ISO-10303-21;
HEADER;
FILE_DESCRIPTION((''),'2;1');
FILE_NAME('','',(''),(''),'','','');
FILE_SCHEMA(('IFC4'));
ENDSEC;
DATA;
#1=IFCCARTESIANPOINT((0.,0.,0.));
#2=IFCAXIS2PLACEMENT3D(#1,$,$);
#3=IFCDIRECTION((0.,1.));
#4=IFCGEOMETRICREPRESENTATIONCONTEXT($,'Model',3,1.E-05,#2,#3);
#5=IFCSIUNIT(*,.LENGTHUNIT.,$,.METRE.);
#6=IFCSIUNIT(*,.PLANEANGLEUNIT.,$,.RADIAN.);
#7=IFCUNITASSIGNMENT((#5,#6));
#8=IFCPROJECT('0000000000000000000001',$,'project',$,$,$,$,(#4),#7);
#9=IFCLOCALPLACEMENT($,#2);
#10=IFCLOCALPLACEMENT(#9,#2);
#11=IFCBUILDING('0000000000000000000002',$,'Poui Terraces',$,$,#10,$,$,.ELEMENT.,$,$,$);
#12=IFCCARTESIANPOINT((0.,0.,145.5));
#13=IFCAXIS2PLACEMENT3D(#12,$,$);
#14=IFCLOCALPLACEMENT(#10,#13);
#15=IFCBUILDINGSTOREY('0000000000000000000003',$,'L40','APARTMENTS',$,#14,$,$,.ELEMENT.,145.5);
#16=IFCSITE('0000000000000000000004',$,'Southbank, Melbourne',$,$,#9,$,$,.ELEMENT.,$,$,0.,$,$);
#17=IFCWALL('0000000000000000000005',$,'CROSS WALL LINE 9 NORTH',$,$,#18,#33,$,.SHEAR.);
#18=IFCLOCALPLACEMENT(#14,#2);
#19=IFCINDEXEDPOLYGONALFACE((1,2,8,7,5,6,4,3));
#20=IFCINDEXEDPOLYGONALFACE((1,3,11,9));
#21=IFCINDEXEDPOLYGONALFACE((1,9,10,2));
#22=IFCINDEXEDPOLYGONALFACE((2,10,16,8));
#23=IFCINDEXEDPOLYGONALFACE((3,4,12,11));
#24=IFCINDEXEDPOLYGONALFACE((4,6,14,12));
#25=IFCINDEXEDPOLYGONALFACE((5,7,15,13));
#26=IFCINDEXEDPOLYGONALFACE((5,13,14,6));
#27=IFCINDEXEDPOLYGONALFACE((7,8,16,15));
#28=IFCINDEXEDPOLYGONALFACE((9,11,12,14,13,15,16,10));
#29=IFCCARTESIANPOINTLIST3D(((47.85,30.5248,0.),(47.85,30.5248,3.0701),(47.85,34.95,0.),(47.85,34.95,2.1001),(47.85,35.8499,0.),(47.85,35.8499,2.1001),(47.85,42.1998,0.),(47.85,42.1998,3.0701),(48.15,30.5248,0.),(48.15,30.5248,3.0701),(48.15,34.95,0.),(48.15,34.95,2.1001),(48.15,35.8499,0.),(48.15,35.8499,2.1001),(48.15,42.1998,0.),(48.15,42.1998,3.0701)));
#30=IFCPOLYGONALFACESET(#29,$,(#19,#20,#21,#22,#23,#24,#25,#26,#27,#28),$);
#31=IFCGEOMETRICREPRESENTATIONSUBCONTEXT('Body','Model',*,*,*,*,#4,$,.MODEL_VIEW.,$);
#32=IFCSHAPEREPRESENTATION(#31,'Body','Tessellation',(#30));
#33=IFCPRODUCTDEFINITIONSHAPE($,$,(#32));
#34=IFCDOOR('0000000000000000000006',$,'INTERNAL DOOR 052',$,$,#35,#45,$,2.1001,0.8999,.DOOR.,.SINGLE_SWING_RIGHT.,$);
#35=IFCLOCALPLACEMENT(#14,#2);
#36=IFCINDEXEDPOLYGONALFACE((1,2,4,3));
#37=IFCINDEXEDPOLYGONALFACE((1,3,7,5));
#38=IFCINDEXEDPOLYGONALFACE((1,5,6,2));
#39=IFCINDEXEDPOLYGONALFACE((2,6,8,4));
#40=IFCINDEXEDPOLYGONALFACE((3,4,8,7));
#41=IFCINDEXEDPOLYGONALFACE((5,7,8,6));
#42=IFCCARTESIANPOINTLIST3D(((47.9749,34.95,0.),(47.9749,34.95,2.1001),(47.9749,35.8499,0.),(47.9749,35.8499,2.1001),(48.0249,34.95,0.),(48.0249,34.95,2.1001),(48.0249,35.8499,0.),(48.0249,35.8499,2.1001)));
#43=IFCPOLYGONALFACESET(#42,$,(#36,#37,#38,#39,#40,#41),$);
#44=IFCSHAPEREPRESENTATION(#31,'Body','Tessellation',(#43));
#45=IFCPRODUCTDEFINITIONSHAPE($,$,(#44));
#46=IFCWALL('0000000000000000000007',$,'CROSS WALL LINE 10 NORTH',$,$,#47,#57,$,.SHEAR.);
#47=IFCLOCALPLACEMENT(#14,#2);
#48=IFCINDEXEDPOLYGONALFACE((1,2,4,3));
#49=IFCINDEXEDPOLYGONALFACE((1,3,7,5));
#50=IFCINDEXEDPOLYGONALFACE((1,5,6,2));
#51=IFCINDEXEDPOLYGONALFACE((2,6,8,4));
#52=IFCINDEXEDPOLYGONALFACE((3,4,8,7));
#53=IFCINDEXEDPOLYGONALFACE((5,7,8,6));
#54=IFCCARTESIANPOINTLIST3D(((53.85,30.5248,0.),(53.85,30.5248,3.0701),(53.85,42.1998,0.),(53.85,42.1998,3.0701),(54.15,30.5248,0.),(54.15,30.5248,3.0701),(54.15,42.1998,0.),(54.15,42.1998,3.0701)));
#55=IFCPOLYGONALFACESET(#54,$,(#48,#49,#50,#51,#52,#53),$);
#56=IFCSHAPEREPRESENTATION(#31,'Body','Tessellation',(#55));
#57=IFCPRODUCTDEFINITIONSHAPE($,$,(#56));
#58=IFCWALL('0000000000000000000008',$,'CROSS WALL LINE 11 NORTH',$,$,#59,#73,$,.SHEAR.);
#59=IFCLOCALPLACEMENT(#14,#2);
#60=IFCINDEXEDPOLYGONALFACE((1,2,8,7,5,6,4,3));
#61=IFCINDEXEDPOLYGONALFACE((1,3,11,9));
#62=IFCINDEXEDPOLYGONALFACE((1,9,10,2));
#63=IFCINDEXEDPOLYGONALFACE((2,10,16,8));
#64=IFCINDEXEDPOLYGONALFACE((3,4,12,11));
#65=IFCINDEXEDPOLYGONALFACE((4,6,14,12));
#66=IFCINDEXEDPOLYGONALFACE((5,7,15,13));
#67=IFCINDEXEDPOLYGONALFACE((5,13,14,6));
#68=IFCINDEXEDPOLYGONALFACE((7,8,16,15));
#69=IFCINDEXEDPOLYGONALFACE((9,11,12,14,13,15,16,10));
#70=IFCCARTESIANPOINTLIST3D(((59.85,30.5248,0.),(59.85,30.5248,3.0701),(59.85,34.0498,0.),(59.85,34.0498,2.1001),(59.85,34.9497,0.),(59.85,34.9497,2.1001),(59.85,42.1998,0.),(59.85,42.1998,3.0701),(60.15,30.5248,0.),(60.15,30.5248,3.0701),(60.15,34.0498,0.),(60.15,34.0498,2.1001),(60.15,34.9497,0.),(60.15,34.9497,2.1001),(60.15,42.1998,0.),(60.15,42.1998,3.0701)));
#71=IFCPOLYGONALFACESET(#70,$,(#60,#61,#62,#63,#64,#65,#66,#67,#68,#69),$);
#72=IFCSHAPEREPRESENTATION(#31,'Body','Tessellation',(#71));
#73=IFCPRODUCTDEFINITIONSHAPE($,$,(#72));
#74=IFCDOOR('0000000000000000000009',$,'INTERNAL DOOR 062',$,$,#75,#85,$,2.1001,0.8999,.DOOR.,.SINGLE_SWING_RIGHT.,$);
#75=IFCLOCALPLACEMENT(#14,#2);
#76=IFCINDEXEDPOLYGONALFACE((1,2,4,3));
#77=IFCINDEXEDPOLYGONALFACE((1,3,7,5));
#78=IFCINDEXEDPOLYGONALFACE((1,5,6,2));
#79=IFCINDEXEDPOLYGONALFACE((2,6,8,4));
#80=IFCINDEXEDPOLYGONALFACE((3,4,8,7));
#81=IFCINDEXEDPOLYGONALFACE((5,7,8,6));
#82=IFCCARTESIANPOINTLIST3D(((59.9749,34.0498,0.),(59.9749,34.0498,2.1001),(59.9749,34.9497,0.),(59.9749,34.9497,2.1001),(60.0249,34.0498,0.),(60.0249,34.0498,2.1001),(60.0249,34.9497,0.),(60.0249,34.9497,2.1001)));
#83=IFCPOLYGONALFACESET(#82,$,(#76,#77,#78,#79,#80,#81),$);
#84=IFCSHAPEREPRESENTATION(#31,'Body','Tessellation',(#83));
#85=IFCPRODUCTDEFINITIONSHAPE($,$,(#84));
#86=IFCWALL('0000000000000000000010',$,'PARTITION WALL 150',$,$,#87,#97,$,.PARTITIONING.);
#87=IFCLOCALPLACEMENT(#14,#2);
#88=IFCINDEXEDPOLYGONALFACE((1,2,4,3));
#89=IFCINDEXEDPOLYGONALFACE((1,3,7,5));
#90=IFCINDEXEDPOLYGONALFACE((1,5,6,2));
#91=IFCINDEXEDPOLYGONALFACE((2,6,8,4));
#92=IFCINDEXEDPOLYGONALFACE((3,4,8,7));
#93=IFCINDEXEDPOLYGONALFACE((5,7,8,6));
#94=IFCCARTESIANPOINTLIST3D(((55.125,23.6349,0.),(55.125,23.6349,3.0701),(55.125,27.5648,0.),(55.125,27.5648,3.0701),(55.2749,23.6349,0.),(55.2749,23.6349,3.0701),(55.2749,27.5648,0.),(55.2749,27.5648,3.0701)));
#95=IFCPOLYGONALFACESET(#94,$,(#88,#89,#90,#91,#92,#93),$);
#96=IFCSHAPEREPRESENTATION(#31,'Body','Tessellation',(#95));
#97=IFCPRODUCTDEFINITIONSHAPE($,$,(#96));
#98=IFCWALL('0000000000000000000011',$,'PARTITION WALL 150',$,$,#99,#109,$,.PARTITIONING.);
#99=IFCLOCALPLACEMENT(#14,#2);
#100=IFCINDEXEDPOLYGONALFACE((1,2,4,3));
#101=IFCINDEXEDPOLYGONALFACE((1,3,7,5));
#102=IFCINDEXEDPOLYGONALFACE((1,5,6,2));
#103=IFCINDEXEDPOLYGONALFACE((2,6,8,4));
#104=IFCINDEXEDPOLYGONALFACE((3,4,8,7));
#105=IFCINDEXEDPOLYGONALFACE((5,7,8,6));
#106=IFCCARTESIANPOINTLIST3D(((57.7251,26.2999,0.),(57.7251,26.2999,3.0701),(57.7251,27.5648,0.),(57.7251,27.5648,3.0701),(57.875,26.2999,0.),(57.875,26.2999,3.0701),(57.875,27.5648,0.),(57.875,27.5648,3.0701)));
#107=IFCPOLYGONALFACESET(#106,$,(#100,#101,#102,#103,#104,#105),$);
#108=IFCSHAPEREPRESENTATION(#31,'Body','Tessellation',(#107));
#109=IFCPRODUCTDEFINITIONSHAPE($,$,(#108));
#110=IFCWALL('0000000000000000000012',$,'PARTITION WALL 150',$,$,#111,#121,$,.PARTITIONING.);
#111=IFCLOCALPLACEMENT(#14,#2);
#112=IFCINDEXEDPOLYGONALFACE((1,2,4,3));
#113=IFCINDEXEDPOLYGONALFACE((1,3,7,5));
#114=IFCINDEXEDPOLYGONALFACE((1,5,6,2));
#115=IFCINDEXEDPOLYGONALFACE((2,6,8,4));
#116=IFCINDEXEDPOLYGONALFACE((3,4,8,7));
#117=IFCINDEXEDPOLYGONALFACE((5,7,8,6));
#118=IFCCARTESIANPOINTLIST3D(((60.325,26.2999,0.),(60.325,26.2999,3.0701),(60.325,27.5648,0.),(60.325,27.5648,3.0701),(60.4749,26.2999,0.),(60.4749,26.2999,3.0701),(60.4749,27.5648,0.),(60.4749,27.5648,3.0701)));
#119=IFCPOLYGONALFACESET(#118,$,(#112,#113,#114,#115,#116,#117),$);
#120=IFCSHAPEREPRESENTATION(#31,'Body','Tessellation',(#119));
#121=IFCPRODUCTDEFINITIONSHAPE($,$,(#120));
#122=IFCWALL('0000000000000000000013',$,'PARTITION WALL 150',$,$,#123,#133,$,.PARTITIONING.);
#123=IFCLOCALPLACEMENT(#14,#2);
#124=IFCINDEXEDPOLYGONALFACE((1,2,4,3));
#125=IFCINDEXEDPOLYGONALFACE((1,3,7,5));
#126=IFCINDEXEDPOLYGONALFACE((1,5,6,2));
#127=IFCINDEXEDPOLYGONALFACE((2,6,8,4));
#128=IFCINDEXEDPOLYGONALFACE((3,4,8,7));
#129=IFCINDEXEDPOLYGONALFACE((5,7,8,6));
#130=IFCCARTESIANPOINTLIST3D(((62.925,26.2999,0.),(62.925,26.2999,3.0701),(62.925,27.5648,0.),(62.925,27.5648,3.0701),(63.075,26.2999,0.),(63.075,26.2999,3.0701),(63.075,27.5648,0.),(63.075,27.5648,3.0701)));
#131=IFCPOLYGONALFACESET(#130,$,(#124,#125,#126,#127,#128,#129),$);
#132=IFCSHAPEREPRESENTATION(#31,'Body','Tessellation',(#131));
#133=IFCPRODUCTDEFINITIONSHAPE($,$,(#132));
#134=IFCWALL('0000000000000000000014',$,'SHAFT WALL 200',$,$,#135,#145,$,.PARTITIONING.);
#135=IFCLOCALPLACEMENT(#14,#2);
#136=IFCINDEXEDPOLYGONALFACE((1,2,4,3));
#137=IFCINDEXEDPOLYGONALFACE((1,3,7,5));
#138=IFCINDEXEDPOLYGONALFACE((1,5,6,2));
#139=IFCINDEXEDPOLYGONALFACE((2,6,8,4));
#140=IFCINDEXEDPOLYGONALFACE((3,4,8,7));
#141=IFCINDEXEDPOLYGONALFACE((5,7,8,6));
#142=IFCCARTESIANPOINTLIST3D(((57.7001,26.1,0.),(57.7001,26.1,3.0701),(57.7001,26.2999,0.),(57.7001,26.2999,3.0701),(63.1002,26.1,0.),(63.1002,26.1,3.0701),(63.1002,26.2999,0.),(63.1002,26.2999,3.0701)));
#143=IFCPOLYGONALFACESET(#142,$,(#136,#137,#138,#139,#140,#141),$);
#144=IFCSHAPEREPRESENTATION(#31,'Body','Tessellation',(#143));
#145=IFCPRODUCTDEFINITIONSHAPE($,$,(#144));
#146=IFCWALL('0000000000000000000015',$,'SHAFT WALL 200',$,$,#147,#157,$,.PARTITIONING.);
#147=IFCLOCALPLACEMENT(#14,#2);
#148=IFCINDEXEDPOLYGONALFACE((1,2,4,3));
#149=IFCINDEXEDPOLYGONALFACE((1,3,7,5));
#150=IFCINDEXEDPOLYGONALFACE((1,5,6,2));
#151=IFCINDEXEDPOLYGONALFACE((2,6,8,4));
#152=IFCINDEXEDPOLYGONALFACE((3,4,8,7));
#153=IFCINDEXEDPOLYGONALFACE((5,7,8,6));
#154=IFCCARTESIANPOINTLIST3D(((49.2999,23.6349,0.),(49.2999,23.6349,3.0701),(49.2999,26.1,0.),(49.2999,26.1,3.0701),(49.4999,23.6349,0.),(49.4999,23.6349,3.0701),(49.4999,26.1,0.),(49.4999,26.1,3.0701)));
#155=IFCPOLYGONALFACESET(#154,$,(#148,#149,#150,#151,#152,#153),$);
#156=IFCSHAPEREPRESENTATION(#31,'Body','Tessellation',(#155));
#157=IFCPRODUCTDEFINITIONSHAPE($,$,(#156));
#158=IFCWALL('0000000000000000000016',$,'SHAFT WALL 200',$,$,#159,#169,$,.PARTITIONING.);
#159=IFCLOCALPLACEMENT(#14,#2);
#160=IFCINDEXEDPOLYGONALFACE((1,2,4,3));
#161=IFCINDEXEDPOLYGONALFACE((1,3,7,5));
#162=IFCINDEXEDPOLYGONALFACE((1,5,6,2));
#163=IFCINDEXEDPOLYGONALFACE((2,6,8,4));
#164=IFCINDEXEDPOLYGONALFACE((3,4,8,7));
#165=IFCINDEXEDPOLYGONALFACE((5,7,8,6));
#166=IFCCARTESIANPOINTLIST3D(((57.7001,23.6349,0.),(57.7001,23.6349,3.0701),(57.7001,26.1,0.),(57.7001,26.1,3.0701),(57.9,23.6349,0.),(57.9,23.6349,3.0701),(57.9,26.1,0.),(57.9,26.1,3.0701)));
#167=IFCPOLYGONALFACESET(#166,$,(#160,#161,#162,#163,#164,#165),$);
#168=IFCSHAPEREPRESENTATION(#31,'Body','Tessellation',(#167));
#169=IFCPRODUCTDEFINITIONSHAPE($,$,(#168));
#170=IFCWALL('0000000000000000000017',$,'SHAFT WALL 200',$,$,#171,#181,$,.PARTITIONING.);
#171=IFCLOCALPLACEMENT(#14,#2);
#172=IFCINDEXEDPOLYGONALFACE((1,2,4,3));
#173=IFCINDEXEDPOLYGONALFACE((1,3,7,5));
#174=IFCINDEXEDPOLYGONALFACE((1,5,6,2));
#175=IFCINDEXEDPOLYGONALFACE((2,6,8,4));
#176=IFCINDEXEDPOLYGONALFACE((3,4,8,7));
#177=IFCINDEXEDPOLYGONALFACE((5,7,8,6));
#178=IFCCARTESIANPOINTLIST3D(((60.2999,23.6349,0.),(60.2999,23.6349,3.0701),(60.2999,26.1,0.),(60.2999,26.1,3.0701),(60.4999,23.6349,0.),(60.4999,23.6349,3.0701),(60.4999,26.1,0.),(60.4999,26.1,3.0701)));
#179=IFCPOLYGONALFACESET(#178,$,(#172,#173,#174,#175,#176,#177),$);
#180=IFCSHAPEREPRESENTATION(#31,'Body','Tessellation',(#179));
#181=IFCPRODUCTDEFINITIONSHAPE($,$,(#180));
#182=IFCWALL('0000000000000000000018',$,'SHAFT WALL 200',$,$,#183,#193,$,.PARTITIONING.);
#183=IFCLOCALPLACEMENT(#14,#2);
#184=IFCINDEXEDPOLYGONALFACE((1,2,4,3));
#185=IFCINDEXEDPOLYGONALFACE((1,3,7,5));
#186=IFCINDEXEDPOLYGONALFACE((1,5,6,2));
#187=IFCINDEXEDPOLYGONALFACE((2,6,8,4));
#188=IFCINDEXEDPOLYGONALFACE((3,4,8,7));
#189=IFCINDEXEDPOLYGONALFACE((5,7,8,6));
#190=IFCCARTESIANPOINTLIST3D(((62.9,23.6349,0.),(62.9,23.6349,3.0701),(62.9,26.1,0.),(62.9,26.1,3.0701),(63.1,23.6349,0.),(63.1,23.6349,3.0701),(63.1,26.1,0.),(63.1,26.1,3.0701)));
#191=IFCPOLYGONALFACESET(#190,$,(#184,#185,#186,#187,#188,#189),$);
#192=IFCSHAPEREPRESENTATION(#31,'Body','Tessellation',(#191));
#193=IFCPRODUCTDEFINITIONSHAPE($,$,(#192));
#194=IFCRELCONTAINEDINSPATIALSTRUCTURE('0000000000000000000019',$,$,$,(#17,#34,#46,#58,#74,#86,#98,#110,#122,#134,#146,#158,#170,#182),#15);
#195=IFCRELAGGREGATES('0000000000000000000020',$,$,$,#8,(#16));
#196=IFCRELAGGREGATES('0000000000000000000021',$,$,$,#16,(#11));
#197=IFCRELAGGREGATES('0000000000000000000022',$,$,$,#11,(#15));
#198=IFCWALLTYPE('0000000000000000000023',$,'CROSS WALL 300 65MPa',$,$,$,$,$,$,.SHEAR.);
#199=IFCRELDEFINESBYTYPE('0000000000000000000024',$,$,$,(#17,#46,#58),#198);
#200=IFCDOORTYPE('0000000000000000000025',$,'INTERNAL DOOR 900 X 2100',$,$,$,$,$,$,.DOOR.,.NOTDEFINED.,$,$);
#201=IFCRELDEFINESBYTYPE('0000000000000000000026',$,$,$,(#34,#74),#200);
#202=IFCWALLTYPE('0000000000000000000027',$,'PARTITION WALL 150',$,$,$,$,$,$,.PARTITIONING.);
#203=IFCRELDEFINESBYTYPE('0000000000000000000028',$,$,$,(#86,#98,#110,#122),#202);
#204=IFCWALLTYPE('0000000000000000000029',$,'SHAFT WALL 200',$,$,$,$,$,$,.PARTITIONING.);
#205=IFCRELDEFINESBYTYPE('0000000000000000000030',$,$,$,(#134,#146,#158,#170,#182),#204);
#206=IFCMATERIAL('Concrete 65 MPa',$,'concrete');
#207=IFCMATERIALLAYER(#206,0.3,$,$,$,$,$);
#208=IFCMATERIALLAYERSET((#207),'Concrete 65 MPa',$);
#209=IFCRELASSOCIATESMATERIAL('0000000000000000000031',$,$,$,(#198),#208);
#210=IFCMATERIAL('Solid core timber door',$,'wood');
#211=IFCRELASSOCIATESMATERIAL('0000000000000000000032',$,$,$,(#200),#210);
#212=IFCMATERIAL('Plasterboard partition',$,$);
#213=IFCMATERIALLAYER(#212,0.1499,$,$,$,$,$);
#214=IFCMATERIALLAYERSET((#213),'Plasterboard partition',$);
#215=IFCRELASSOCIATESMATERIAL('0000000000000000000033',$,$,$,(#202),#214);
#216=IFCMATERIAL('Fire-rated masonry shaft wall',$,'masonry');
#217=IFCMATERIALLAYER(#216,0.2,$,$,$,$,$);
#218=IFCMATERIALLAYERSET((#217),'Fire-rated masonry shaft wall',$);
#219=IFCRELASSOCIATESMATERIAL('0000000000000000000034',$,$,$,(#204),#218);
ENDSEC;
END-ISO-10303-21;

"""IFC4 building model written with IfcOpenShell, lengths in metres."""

from ifc_helpers import new_model, si_unit, direction, frame, frame_2d, origin, place, context, subcontext, project, spatial, rectangle, extrude, material, layer, layer_set, type_object, element, fill, save


model = new_model("IFC4")

# Units and contexts
model_context = context("Model", 3, precision=1e-05, world=origin(), true_north=direction((0.0, 1.0)))
body_context = subcontext(model_context, "Body", "Model", "MODEL_VIEW")
ifc_project = project(units=[si_unit("LENGTHUNIT", "METRE"), si_unit("PLANEANGLEUNIT", "RADIAN")], contexts=[model_context])

# Site, building, storey
site_placement = place(None, origin())
site = spatial("IfcSite", under=ifc_project, at=site_placement, Name="Southbank, Melbourne", CompositionType="ELEMENT", RefElevation=0.0)
building_placement = place(site_placement, origin())
building = spatial("IfcBuilding", under=site, at=building_placement, Name="Poui Terraces", CompositionType="ELEMENT")
storey_placement = place(building_placement, frame((0.0, 0.0, 145.5)))
storey = spatial("IfcBuildingStorey", under=building, at=storey_placement, Name="L40", Description="APARTMENTS", CompositionType="ELEMENT", Elevation=145.5)

# Shared definitions
ifc_material_1 = material(Name="Concrete 65 MPa", Category="concrete")

# Wall, opening, door
ifc_layer_1 = layer(ifc_material_1, 0.3)
ifc_layer_set_1 = layer_set([ifc_layer_1], Name="Concrete 65 MPa")
wall_type_1 = type_object("IfcWallType", Name="CROSS WALL 300 65MPa", PredefinedType="SHEAR", material=ifc_layer_set_1)
wall_1_placement = place(storey_placement, frame((48.0, 30.5249, 0.0), z_axis=(0.0, 0.0, 1.0), x_axis=(0.0, 1.0, 0.0)))
wall_1 = element("IfcWall", 1, at=wall_1_placement, inside=storey, type_object=wall_type_1, Name="CROSS WALL LINE 9 NORTH", PredefinedType="SHEAR", context=body_context, shape_type="SweptSolid", body=[
    extrude(rectangle(XDim=11.675, YDim=0.3, at=frame_2d((5.8374, 0.0))), origin(), (0.0, 0.0, 1.0), 3.0701),
])
opening_1_placement = place(wall_1_placement, frame((4.425, 0.0, 0.0)))
opening_1 = element("IfcOpeningElement", 2, at=opening_1_placement, cuts=wall_1, PredefinedType="OPENING", context=body_context, shape_type="SweptSolid", body=[
    extrude(rectangle(XDim=0.8999, YDim=2.1001, at=frame_2d((0.45, 1.05))), frame((0.0, 0.1602, 0.0), z_axis=(0.0, -1.0, 0.0), x_axis=(1.0, 0.0, 0.0)), (0.0, 0.0, 1.0), 0.3201),
])
ifc_material_2 = material(Name="Solid core timber door", Category="wood")
door_type_1 = type_object("IfcDoorType", Name="INTERNAL DOOR 900 X 2100", OperationType="NOTDEFINED", PredefinedType="DOOR", material=ifc_material_2)
door_1_placement = place(opening_1_placement, frame((0.8999, 0.0, 0.0), z_axis=(0.0, 0.0, 1.0), x_axis=(-1.0, 0.0, 0.0)))
door_1 = element("IfcDoor", 3, at=door_1_placement, inside=storey, type_object=door_type_1, Name="INTERNAL DOOR 052", OperationType="SINGLE_SWING_RIGHT", OverallHeight=2.1001, OverallWidth=0.8999, PredefinedType="DOOR", context=body_context, shape_type="SweptSolid", body=[
    extrude(rectangle(XDim=0.8999, YDim=2.1001, at=frame_2d((0.45, 1.05))), frame((0.0, 0.0249, 0.0), z_axis=(0.0, -1.0, 0.0), x_axis=(1.0, 0.0, 0.0)), (0.0, 0.0, 1.0), 0.05),
])
fill(opening_1, door_1)

# Wall
wall_2_placement = place(storey_placement, frame((54.0, 30.5249, 0.0), z_axis=(0.0, 0.0, 1.0), x_axis=(0.0, 1.0, 0.0)))
element("IfcWall", 4, at=wall_2_placement, inside=storey, type_object=wall_type_1, Name="CROSS WALL LINE 10 NORTH", PredefinedType="SHEAR", context=body_context, shape_type="SweptSolid", body=[
    extrude(rectangle(XDim=11.675, YDim=0.3, at=frame_2d((5.8374, 0.0))), origin(), (0.0, 0.0, 1.0), 3.0701),
])

# Wall, opening, door
wall_3_placement = place(storey_placement, frame((60.0, 30.5249, 0.0), z_axis=(0.0, 0.0, 1.0), x_axis=(0.0, 1.0, 0.0)))
wall_3 = element("IfcWall", 5, at=wall_3_placement, inside=storey, type_object=wall_type_1, Name="CROSS WALL LINE 11 NORTH", PredefinedType="SHEAR", context=body_context, shape_type="SweptSolid", body=[
    extrude(rectangle(XDim=11.675, YDim=0.3, at=frame_2d((5.8374, 0.0))), origin(), (0.0, 0.0, 1.0), 3.0701),
])
opening_2_placement = place(wall_3_placement, frame((3.5249, 0.0, 0.0)))
opening_2 = element("IfcOpeningElement", 6, at=opening_2_placement, cuts=wall_3, PredefinedType="OPENING", context=body_context, shape_type="SweptSolid", body=[
    extrude(rectangle(XDim=0.8999, YDim=2.1001, at=frame_2d((0.45, 1.05))), frame((0.0, 0.1602, 0.0), z_axis=(0.0, -1.0, 0.0), x_axis=(1.0, 0.0, 0.0)), (0.0, 0.0, 1.0), 0.3201),
])
door_2_placement = place(opening_2_placement, frame((0.8999, 0.0, 0.0), z_axis=(0.0, 0.0, 1.0), x_axis=(-1.0, 0.0, 0.0)))
door_2 = element("IfcDoor", 7, at=door_2_placement, inside=storey, type_object=door_type_1, Name="INTERNAL DOOR 062", OperationType="SINGLE_SWING_RIGHT", OverallHeight=2.1001, OverallWidth=0.8999, PredefinedType="DOOR", context=body_context, shape_type="SweptSolid", body=[
    extrude(rectangle(XDim=0.8999, YDim=2.1001, at=frame_2d((0.45, 1.05))), frame((0.0, 0.0249, 0.0), z_axis=(0.0, -1.0, 0.0), x_axis=(1.0, 0.0, 0.0)), (0.0, 0.0, 1.0), 0.05),
])
fill(opening_2, door_2)

# Walls
ifc_material_3 = material(Name="Plasterboard partition")
ifc_layer_2 = layer(ifc_material_3, 0.1499)
ifc_layer_set_2 = layer_set([ifc_layer_2], Name="Plasterboard partition")
wall_type_2 = type_object("IfcWallType", Name="PARTITION WALL 150", PredefinedType="PARTITIONING", material=ifc_layer_set_2)
wall_4_placement = place(storey_placement, frame((55.2, 23.635, 0.0), z_axis=(0.0, 0.0, 1.0), x_axis=(0.0, 1.0, 0.0)))
element("IfcWall", 8, at=wall_4_placement, inside=storey, type_object=wall_type_2, Name="PARTITION WALL 150", PredefinedType="PARTITIONING", context=body_context, shape_type="SweptSolid", body=[
    extrude(rectangle(XDim=3.9299, YDim=0.1499, at=frame_2d((1.9648, 0.0))), origin(), (0.0, 0.0, 1.0), 3.0701),
])
for number, where, z_axis, x_axis, name in (
    (9, (57.8, 26.3, 0.0), (0.0, 0.0, 1.0), (0.0, 1.0, 0.0), "PARTITION WALL 150"),
    (10, (60.3999, 26.3, 0.0), (0.0, 0.0, 1.0), (0.0, 1.0, 0.0), "PARTITION WALL 150"),
    (11, (63.0, 26.3, 0.0), (0.0, 0.0, 1.0), (0.0, 1.0, 0.0), "PARTITION WALL 150"),
):
    element("IfcWall", number, at=place(storey_placement, frame(where, z_axis=z_axis, x_axis=x_axis)), inside=storey, type_object=wall_type_2, Name=name, PredefinedType="PARTITIONING", context=body_context, shape_type="SweptSolid", body=[
        extrude(rectangle(XDim=1.2649, YDim=0.1499, at=frame_2d((0.6323, 0.0))), origin(), (0.0, 0.0, 1.0), 3.0701),
    ])
ifc_material_4 = material(Name="Fire-rated masonry shaft wall", Category="masonry")
ifc_layer_3 = layer(ifc_material_4, 0.2)
ifc_layer_set_3 = layer_set([ifc_layer_3], Name="Fire-rated masonry shaft wall")
wall_type_3 = type_object("IfcWallType", Name="SHAFT WALL 200", PredefinedType="PARTITIONING", material=ifc_layer_set_3)
wall_5_placement = place(storey_placement, frame((57.7, 26.2, 0.0), z_axis=(0.0, 0.0, 1.0), x_axis=(1.0, 0.0, 0.0)))
element("IfcWall", 12, at=wall_5_placement, inside=storey, type_object=wall_type_3, Name="SHAFT WALL 200", PredefinedType="PARTITIONING", context=body_context, shape_type="SweptSolid", body=[
    extrude(rectangle(XDim=5.4001, YDim=0.2, at=frame_2d((2.7002, 0.0))), origin(), (0.0, 0.0, 1.0), 3.0701),
])
for number, where, z_axis, x_axis, name in (
    (13, (49.3999, 23.635, 0.0), (0.0, 0.0, 1.0), (0.0, 1.0, 0.0), "SHAFT WALL 200"),
    (14, (57.8, 23.635, 0.0), (0.0, 0.0, 1.0), (0.0, 1.0, 0.0), "SHAFT WALL 200"),
    (15, (60.3999, 23.635, 0.0), (0.0, 0.0, 1.0), (0.0, 1.0, 0.0), "SHAFT WALL 200"),
    (16, (63.0, 23.635, 0.0), (0.0, 0.0, 1.0), (0.0, 1.0, 0.0), "SHAFT WALL 200"),
):
    element("IfcWall", number, at=place(storey_placement, frame(where, z_axis=z_axis, x_axis=x_axis)), inside=storey, type_object=wall_type_3, Name=name, PredefinedType="PARTITIONING", context=body_context, shape_type="SweptSolid", body=[
        extrude(rectangle(XDim=2.4651, YDim=0.2, at=frame_2d((1.2324, 0.0))), origin(), (0.0, 0.0, 1.0), 3.0701),
    ])

save(model, "model.ifc")
